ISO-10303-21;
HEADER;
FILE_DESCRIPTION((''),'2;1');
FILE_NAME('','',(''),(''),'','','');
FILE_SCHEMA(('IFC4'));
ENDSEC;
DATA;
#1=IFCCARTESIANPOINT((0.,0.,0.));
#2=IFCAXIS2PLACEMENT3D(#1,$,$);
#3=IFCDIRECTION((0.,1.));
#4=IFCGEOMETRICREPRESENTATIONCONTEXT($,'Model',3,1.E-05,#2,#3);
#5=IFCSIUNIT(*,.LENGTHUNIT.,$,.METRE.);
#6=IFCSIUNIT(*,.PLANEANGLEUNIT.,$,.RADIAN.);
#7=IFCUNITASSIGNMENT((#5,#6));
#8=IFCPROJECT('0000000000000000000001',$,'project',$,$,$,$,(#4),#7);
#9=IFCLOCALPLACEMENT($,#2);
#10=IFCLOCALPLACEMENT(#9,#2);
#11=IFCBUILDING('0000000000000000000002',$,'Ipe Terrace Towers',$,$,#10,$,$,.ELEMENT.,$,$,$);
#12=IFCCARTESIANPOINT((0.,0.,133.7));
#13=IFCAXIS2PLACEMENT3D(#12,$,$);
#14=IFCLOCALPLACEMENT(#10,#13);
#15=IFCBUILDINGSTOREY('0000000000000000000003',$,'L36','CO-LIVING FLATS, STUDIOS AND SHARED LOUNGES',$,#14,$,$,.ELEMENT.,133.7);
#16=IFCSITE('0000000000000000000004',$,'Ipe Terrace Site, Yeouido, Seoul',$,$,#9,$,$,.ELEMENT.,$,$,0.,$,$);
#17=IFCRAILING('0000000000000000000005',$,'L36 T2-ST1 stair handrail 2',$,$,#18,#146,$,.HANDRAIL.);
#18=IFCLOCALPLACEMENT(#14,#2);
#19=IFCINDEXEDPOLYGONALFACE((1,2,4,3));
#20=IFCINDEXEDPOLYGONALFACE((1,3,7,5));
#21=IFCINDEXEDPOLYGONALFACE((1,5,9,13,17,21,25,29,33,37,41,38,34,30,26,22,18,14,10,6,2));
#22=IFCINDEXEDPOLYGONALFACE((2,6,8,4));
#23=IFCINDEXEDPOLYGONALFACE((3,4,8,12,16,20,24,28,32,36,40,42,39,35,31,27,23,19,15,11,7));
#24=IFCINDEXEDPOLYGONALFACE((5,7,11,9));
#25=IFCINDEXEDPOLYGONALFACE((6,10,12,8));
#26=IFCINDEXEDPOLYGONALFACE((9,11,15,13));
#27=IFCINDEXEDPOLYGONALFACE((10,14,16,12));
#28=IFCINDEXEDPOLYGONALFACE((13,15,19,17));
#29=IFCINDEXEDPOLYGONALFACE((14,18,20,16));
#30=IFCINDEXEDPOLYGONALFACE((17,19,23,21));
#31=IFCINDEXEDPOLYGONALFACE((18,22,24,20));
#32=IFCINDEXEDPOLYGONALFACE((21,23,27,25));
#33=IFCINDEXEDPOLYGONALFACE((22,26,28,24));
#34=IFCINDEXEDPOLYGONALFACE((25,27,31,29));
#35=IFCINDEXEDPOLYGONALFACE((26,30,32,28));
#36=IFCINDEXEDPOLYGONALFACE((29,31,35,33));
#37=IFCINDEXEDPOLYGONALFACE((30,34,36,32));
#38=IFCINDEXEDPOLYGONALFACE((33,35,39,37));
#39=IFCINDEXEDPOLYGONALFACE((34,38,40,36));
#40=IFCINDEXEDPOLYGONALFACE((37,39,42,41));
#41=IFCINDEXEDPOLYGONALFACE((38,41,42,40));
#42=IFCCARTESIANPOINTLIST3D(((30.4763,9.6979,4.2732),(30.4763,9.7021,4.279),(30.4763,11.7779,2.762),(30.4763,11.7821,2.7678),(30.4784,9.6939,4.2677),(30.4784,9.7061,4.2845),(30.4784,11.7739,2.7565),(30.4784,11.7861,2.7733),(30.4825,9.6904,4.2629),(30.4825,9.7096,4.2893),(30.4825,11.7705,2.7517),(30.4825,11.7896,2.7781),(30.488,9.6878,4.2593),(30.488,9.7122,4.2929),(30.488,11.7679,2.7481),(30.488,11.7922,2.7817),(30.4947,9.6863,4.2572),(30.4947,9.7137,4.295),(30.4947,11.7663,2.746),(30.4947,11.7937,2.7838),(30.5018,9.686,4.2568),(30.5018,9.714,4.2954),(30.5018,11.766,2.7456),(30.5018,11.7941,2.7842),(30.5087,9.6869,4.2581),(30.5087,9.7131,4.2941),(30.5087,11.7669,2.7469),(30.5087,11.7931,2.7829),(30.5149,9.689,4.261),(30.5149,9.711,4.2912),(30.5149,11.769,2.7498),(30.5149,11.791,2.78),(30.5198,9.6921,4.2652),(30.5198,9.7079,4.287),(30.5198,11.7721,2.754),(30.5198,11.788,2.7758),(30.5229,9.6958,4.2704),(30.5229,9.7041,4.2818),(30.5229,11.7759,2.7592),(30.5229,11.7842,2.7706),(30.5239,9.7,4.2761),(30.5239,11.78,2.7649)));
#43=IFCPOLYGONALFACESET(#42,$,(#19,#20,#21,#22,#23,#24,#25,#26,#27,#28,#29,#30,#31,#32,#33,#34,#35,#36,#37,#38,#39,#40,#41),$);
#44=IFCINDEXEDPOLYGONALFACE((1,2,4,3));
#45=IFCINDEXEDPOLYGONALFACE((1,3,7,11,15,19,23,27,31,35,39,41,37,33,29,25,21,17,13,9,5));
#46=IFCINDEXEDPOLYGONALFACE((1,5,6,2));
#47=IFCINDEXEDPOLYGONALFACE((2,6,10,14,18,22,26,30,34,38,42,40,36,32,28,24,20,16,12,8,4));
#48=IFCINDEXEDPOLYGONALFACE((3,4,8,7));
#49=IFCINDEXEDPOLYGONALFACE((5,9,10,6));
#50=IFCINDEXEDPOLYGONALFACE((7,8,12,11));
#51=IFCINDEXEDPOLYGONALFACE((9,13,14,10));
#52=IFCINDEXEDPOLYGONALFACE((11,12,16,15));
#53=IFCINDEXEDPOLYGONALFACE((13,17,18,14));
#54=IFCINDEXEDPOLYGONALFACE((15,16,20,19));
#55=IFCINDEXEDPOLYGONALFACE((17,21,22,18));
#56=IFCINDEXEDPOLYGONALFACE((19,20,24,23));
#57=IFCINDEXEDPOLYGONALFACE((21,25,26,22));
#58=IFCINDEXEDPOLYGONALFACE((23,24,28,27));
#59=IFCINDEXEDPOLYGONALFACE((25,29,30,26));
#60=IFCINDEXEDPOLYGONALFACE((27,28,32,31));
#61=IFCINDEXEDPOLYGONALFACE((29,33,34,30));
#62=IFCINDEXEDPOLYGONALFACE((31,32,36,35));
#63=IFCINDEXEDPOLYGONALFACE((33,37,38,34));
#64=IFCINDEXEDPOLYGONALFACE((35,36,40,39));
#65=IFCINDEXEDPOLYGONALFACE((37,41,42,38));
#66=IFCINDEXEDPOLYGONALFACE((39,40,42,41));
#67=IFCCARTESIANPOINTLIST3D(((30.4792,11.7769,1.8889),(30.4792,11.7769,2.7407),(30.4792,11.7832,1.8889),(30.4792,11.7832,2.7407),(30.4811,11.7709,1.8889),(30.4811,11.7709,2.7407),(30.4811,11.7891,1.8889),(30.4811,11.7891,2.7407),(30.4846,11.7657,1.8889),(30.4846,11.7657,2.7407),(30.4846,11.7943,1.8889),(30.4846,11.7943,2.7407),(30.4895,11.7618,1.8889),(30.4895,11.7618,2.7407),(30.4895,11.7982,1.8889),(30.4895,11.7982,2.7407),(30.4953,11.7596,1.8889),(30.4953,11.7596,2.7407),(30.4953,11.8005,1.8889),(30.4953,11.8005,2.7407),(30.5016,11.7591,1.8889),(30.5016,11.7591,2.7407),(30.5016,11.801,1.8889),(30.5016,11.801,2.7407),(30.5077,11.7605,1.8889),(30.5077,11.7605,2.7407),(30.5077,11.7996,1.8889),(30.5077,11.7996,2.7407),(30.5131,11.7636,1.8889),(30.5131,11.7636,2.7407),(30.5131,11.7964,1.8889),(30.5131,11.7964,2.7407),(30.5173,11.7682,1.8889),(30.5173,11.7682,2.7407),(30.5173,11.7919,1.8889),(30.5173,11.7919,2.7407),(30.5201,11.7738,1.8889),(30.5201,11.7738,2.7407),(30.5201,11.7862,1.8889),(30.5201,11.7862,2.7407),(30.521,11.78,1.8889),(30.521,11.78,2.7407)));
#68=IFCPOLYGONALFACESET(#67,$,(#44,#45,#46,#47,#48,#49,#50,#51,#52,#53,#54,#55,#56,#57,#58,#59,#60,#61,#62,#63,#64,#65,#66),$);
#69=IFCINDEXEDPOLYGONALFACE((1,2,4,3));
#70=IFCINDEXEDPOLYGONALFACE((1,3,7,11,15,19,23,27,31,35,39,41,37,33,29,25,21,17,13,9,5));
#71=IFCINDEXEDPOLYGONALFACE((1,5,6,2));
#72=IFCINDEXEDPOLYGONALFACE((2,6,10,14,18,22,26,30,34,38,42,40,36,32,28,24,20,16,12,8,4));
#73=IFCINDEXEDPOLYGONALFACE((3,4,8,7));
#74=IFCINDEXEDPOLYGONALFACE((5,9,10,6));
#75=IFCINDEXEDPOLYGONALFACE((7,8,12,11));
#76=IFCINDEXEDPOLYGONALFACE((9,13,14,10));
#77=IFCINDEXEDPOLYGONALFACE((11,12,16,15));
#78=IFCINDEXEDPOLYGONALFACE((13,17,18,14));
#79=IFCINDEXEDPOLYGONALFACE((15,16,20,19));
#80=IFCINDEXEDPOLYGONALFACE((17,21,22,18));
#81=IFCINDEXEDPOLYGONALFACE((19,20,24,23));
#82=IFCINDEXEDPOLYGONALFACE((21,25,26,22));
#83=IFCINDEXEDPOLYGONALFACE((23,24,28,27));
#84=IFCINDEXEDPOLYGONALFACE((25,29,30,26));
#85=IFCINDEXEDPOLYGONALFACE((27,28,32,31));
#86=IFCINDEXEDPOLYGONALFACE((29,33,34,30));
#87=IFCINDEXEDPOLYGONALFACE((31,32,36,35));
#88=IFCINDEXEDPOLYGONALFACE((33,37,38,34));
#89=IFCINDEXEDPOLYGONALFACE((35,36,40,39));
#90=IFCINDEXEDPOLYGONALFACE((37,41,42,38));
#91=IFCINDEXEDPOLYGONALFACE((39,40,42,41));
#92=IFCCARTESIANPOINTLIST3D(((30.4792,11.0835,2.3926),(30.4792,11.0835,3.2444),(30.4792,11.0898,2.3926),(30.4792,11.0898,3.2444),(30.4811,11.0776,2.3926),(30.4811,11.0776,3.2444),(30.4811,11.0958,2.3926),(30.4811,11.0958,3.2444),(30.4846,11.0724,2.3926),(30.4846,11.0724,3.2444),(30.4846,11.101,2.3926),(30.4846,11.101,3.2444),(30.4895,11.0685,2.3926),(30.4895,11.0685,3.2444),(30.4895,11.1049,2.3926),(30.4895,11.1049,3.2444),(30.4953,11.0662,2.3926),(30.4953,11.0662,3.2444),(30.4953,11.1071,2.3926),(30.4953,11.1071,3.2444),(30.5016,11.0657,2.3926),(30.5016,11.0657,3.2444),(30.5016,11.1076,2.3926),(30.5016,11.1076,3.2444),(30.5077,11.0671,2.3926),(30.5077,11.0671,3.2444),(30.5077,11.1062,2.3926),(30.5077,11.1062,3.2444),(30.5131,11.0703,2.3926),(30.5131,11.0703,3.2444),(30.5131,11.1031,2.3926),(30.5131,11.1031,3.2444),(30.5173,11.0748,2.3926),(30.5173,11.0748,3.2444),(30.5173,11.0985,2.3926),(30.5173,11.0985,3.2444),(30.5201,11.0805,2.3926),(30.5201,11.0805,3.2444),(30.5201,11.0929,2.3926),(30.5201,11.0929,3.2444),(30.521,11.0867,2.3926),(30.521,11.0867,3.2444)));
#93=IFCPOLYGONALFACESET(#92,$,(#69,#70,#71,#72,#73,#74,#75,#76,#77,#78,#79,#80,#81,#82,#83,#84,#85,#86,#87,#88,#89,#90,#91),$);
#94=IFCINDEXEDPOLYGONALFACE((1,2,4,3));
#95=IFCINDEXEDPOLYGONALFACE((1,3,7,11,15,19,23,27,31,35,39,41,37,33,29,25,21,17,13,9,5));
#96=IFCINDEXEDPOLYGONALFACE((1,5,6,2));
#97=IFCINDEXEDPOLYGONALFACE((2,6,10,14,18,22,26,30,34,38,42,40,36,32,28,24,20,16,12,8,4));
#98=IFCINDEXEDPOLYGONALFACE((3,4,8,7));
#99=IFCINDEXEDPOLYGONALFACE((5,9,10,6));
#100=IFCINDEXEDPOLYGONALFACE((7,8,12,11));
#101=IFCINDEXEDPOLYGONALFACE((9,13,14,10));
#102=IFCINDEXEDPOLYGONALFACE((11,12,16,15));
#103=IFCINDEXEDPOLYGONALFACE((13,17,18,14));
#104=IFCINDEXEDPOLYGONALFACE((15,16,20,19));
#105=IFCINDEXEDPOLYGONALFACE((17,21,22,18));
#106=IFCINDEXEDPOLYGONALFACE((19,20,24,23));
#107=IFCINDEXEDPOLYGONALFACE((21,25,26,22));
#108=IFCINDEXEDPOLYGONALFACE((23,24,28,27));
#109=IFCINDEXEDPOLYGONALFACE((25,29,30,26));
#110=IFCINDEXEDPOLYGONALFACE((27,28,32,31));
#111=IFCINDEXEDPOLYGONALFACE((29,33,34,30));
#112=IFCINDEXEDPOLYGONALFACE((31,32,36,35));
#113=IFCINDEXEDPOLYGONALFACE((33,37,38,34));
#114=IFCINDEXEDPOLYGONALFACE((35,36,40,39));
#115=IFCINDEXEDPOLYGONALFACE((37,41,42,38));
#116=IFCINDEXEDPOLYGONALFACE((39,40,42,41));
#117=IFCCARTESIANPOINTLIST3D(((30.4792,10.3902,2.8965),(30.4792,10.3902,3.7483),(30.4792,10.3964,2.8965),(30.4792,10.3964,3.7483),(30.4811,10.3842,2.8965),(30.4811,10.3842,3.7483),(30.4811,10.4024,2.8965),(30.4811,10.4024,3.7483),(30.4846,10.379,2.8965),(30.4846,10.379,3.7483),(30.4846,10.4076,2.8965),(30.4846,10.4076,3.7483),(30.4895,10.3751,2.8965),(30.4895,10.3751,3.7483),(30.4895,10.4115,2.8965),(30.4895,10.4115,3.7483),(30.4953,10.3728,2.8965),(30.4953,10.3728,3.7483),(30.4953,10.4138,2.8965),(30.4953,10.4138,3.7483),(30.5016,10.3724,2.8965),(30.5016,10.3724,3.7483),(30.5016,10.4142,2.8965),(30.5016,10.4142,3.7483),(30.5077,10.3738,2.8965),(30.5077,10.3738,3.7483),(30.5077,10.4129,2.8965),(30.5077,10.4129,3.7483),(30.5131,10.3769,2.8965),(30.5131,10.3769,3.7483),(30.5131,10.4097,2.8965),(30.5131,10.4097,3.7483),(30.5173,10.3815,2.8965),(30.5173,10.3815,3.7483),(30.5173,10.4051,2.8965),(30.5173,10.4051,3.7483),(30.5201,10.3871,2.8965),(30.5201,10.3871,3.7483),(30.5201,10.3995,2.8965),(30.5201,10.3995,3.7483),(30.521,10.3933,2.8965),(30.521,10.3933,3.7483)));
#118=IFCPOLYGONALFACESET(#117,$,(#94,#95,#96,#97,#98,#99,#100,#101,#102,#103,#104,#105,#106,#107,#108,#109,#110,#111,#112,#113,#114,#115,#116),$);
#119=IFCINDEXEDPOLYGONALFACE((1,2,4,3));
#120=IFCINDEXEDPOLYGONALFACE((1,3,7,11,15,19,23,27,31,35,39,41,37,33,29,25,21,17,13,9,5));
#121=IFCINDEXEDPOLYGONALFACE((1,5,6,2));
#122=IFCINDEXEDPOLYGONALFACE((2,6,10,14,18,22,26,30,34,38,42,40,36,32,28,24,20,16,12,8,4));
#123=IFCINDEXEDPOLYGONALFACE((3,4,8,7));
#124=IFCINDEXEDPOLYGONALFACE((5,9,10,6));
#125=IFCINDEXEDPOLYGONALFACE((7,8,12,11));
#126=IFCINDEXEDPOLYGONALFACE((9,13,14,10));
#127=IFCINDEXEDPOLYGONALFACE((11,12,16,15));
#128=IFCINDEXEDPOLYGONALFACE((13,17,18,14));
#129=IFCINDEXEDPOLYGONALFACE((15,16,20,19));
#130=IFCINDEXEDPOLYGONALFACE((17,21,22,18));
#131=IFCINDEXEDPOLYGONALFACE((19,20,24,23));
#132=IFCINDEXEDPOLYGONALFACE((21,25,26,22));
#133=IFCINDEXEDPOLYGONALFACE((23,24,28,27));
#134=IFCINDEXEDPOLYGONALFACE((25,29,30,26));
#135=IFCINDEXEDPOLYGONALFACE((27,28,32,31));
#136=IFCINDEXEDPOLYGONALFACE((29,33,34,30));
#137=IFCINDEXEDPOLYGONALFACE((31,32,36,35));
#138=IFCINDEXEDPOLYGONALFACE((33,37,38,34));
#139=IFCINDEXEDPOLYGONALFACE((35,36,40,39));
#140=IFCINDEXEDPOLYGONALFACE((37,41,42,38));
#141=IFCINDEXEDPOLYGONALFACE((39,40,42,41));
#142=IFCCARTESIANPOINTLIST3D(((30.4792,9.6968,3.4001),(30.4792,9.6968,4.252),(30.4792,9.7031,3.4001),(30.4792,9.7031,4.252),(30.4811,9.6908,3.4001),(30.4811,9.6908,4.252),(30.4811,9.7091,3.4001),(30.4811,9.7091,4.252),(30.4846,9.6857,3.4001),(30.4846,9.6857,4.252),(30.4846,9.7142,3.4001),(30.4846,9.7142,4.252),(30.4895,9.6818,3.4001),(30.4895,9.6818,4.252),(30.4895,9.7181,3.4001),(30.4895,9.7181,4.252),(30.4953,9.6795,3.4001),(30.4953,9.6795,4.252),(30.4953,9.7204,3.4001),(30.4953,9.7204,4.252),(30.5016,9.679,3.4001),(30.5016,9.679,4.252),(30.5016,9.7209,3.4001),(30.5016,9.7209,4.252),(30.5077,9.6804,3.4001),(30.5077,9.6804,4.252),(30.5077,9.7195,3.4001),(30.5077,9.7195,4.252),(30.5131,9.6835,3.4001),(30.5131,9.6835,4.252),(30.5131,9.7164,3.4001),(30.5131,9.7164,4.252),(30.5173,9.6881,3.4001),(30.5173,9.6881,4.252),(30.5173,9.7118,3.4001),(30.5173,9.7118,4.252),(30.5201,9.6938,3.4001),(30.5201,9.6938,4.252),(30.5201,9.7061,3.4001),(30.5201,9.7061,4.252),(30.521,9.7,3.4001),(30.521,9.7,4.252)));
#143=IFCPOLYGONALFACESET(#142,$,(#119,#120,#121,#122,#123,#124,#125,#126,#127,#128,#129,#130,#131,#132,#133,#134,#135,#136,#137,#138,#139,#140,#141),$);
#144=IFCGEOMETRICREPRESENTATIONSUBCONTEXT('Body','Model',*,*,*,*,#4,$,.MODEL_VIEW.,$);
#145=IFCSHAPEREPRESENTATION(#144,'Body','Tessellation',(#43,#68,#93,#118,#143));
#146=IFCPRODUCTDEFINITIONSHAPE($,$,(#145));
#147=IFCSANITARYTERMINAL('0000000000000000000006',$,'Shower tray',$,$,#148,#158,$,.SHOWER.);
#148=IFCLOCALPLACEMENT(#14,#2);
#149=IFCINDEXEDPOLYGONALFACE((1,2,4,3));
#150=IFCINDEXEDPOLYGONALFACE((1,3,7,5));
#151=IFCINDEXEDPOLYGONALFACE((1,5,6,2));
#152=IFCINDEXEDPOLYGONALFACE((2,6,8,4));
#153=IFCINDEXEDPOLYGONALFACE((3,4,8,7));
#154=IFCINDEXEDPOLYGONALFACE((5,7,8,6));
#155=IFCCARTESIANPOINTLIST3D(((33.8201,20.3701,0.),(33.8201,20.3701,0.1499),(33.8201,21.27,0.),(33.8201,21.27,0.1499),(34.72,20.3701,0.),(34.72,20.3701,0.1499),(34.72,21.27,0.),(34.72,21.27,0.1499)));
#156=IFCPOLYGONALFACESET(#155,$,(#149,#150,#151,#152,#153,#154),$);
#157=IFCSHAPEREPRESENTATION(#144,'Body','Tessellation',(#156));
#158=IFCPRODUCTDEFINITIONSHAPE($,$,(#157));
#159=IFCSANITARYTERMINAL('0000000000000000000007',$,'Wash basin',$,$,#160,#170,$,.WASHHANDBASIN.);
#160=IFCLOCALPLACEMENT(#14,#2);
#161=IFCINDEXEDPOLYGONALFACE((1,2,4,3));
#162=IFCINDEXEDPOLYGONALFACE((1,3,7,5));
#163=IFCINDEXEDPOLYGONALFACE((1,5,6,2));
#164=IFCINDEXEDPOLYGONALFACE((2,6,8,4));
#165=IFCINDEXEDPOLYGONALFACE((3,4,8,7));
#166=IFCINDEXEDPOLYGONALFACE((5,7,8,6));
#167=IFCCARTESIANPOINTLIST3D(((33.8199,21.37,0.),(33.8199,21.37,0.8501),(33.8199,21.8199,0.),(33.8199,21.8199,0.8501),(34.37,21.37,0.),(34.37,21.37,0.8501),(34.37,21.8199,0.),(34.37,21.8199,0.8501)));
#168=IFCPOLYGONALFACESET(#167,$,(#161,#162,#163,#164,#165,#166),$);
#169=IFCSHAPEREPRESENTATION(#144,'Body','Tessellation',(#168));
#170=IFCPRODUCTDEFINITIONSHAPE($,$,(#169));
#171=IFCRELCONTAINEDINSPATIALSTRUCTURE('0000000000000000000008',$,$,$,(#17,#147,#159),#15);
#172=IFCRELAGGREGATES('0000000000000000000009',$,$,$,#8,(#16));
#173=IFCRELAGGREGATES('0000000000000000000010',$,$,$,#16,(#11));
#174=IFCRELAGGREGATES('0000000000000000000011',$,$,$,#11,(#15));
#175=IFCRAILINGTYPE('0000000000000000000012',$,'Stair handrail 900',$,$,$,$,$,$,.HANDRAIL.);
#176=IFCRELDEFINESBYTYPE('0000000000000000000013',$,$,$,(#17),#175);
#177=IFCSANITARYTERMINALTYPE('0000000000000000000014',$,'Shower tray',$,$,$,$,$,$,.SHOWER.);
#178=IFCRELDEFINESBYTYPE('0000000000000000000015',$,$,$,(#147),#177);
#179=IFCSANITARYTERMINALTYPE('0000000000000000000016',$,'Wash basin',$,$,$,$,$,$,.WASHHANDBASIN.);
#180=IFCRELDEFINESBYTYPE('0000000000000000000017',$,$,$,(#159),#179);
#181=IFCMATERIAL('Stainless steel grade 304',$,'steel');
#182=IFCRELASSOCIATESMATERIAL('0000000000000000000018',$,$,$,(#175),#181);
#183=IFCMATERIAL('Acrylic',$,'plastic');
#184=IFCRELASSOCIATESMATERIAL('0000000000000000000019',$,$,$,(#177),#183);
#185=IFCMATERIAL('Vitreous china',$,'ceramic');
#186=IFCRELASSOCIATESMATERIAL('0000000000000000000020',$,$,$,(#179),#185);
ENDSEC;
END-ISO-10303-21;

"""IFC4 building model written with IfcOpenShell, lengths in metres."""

from ifc_helpers import new_model, si_unit, direction, frame, origin, origin_2d, place, context, subcontext, project, spatial, rectangle, circle, extrude, material, type_object, element, save


model = new_model("IFC4")

# Units and contexts
model_context = context("Model", 3, precision=1e-05, world=origin(), true_north=direction((0.0, 1.0)))
body_context = subcontext(model_context, "Body", "Model", "MODEL_VIEW")
ifc_project = project(units=[si_unit("LENGTHUNIT", "METRE"), si_unit("PLANEANGLEUNIT", "RADIAN")], contexts=[model_context])

# Site, building, storey
site_placement = place(None, origin())
site = spatial("IfcSite", under=ifc_project, at=site_placement, Name="Ipe Terrace Site, Yeouido, Seoul", CompositionType="ELEMENT", RefElevation=0.0)
building_placement = place(site_placement, origin())
building = spatial("IfcBuilding", under=site, at=building_placement, Name="Ipe Terrace Towers", CompositionType="ELEMENT")
storey_placement = place(building_placement, frame((0.0, 0.0, 133.7)))
storey = spatial("IfcBuildingStorey", under=building, at=storey_placement, Name="L36", Description="CO-LIVING FLATS, STUDIOS AND SHARED LOUNGES", CompositionType="ELEMENT", Elevation=133.7)

# Railing
ifc_material_1 = material(Name="Stainless steel grade 304", Category="steel")
railing_type_1 = type_object("IfcRailingType", Name="Stair handrail 900", PredefinedType="HANDRAIL", material=ifc_material_1)
railing_1_placement = place(storey_placement, frame((30.5, 11.78, 1.8889)))
element("IfcRailing", 1, at=railing_1_placement, inside=storey, type_object=railing_type_1, Name="L36 T2-ST1 stair handrail 2", PredefinedType="HANDRAIL", context=body_context, shape_type="SweptSolid", body=[
    extrude(circle(Radius=0.0239, at=origin_2d()), frame((0.0, 0.0, 0.876), z_axis=(0.0, -0.809023, 0.587776), x_axis=(1.0, 0.0, 0.0)), (0.0, 0.0, 1.0), 2.571),
    extrude(circle(Radius=0.021, at=origin_2d()), origin(), (0.0, 0.0, 1.0), 0.8518),
    extrude(circle(Radius=0.021, at=origin_2d()), frame((0.0, -0.6934, 0.5037)), (0.0, 0.0, 1.0), 0.8518),
    extrude(circle(Radius=0.021, at=origin_2d()), frame((0.0, -1.3867, 1.0076)), (0.0, 0.0, 1.0), 0.8518),
    extrude(circle(Radius=0.021, at=origin_2d()), frame((0.0, -2.0801, 1.5112)), (0.0, 0.0, 1.0), 0.8518),
])

# Sanitary terminals
ifc_material_2 = material(Name="Acrylic", Category="plastic")
sanitary_terminal_type_1 = type_object("IfcSanitaryTerminalType", Name="Shower tray", PredefinedType="SHOWER", material=ifc_material_2)
sanitary_terminal_1_placement = place(storey_placement, frame((34.27, 20.8201, 0.0), z_axis=(0.0, 0.0, 1.0), x_axis=(1.0, 0.0, 0.0)))
element("IfcSanitaryTerminal", 2, at=sanitary_terminal_1_placement, inside=storey, type_object=sanitary_terminal_type_1, Name="Shower tray", PredefinedType="SHOWER", context=body_context, shape_type="SweptSolid", body=[
    extrude(rectangle(XDim=0.8999, YDim=0.8999, at=origin_2d()), origin(), (0.0, 0.0, 1.0), 0.1499),
])
ifc_material_3 = material(Name="Vitreous china", Category="ceramic")
sanitary_terminal_type_2 = type_object("IfcSanitaryTerminalType", Name="Wash basin", PredefinedType="WASHHANDBASIN", material=ifc_material_3)
sanitary_terminal_2_placement = place(storey_placement, frame((34.095, 21.595, 0.0), z_axis=(0.0, 0.0, 1.0), x_axis=(1.0, 0.0, 0.0)))
element("IfcSanitaryTerminal", 3, at=sanitary_terminal_2_placement, inside=storey, type_object=sanitary_terminal_type_2, Name="Wash basin", PredefinedType="WASHHANDBASIN", context=body_context, shape_type="SweptSolid", body=[
    extrude(rectangle(XDim=0.55, YDim=0.45, at=origin_2d()), origin(), (0.0, 0.0, 1.0), 0.8501),
])

save(model, "model.ifc")
